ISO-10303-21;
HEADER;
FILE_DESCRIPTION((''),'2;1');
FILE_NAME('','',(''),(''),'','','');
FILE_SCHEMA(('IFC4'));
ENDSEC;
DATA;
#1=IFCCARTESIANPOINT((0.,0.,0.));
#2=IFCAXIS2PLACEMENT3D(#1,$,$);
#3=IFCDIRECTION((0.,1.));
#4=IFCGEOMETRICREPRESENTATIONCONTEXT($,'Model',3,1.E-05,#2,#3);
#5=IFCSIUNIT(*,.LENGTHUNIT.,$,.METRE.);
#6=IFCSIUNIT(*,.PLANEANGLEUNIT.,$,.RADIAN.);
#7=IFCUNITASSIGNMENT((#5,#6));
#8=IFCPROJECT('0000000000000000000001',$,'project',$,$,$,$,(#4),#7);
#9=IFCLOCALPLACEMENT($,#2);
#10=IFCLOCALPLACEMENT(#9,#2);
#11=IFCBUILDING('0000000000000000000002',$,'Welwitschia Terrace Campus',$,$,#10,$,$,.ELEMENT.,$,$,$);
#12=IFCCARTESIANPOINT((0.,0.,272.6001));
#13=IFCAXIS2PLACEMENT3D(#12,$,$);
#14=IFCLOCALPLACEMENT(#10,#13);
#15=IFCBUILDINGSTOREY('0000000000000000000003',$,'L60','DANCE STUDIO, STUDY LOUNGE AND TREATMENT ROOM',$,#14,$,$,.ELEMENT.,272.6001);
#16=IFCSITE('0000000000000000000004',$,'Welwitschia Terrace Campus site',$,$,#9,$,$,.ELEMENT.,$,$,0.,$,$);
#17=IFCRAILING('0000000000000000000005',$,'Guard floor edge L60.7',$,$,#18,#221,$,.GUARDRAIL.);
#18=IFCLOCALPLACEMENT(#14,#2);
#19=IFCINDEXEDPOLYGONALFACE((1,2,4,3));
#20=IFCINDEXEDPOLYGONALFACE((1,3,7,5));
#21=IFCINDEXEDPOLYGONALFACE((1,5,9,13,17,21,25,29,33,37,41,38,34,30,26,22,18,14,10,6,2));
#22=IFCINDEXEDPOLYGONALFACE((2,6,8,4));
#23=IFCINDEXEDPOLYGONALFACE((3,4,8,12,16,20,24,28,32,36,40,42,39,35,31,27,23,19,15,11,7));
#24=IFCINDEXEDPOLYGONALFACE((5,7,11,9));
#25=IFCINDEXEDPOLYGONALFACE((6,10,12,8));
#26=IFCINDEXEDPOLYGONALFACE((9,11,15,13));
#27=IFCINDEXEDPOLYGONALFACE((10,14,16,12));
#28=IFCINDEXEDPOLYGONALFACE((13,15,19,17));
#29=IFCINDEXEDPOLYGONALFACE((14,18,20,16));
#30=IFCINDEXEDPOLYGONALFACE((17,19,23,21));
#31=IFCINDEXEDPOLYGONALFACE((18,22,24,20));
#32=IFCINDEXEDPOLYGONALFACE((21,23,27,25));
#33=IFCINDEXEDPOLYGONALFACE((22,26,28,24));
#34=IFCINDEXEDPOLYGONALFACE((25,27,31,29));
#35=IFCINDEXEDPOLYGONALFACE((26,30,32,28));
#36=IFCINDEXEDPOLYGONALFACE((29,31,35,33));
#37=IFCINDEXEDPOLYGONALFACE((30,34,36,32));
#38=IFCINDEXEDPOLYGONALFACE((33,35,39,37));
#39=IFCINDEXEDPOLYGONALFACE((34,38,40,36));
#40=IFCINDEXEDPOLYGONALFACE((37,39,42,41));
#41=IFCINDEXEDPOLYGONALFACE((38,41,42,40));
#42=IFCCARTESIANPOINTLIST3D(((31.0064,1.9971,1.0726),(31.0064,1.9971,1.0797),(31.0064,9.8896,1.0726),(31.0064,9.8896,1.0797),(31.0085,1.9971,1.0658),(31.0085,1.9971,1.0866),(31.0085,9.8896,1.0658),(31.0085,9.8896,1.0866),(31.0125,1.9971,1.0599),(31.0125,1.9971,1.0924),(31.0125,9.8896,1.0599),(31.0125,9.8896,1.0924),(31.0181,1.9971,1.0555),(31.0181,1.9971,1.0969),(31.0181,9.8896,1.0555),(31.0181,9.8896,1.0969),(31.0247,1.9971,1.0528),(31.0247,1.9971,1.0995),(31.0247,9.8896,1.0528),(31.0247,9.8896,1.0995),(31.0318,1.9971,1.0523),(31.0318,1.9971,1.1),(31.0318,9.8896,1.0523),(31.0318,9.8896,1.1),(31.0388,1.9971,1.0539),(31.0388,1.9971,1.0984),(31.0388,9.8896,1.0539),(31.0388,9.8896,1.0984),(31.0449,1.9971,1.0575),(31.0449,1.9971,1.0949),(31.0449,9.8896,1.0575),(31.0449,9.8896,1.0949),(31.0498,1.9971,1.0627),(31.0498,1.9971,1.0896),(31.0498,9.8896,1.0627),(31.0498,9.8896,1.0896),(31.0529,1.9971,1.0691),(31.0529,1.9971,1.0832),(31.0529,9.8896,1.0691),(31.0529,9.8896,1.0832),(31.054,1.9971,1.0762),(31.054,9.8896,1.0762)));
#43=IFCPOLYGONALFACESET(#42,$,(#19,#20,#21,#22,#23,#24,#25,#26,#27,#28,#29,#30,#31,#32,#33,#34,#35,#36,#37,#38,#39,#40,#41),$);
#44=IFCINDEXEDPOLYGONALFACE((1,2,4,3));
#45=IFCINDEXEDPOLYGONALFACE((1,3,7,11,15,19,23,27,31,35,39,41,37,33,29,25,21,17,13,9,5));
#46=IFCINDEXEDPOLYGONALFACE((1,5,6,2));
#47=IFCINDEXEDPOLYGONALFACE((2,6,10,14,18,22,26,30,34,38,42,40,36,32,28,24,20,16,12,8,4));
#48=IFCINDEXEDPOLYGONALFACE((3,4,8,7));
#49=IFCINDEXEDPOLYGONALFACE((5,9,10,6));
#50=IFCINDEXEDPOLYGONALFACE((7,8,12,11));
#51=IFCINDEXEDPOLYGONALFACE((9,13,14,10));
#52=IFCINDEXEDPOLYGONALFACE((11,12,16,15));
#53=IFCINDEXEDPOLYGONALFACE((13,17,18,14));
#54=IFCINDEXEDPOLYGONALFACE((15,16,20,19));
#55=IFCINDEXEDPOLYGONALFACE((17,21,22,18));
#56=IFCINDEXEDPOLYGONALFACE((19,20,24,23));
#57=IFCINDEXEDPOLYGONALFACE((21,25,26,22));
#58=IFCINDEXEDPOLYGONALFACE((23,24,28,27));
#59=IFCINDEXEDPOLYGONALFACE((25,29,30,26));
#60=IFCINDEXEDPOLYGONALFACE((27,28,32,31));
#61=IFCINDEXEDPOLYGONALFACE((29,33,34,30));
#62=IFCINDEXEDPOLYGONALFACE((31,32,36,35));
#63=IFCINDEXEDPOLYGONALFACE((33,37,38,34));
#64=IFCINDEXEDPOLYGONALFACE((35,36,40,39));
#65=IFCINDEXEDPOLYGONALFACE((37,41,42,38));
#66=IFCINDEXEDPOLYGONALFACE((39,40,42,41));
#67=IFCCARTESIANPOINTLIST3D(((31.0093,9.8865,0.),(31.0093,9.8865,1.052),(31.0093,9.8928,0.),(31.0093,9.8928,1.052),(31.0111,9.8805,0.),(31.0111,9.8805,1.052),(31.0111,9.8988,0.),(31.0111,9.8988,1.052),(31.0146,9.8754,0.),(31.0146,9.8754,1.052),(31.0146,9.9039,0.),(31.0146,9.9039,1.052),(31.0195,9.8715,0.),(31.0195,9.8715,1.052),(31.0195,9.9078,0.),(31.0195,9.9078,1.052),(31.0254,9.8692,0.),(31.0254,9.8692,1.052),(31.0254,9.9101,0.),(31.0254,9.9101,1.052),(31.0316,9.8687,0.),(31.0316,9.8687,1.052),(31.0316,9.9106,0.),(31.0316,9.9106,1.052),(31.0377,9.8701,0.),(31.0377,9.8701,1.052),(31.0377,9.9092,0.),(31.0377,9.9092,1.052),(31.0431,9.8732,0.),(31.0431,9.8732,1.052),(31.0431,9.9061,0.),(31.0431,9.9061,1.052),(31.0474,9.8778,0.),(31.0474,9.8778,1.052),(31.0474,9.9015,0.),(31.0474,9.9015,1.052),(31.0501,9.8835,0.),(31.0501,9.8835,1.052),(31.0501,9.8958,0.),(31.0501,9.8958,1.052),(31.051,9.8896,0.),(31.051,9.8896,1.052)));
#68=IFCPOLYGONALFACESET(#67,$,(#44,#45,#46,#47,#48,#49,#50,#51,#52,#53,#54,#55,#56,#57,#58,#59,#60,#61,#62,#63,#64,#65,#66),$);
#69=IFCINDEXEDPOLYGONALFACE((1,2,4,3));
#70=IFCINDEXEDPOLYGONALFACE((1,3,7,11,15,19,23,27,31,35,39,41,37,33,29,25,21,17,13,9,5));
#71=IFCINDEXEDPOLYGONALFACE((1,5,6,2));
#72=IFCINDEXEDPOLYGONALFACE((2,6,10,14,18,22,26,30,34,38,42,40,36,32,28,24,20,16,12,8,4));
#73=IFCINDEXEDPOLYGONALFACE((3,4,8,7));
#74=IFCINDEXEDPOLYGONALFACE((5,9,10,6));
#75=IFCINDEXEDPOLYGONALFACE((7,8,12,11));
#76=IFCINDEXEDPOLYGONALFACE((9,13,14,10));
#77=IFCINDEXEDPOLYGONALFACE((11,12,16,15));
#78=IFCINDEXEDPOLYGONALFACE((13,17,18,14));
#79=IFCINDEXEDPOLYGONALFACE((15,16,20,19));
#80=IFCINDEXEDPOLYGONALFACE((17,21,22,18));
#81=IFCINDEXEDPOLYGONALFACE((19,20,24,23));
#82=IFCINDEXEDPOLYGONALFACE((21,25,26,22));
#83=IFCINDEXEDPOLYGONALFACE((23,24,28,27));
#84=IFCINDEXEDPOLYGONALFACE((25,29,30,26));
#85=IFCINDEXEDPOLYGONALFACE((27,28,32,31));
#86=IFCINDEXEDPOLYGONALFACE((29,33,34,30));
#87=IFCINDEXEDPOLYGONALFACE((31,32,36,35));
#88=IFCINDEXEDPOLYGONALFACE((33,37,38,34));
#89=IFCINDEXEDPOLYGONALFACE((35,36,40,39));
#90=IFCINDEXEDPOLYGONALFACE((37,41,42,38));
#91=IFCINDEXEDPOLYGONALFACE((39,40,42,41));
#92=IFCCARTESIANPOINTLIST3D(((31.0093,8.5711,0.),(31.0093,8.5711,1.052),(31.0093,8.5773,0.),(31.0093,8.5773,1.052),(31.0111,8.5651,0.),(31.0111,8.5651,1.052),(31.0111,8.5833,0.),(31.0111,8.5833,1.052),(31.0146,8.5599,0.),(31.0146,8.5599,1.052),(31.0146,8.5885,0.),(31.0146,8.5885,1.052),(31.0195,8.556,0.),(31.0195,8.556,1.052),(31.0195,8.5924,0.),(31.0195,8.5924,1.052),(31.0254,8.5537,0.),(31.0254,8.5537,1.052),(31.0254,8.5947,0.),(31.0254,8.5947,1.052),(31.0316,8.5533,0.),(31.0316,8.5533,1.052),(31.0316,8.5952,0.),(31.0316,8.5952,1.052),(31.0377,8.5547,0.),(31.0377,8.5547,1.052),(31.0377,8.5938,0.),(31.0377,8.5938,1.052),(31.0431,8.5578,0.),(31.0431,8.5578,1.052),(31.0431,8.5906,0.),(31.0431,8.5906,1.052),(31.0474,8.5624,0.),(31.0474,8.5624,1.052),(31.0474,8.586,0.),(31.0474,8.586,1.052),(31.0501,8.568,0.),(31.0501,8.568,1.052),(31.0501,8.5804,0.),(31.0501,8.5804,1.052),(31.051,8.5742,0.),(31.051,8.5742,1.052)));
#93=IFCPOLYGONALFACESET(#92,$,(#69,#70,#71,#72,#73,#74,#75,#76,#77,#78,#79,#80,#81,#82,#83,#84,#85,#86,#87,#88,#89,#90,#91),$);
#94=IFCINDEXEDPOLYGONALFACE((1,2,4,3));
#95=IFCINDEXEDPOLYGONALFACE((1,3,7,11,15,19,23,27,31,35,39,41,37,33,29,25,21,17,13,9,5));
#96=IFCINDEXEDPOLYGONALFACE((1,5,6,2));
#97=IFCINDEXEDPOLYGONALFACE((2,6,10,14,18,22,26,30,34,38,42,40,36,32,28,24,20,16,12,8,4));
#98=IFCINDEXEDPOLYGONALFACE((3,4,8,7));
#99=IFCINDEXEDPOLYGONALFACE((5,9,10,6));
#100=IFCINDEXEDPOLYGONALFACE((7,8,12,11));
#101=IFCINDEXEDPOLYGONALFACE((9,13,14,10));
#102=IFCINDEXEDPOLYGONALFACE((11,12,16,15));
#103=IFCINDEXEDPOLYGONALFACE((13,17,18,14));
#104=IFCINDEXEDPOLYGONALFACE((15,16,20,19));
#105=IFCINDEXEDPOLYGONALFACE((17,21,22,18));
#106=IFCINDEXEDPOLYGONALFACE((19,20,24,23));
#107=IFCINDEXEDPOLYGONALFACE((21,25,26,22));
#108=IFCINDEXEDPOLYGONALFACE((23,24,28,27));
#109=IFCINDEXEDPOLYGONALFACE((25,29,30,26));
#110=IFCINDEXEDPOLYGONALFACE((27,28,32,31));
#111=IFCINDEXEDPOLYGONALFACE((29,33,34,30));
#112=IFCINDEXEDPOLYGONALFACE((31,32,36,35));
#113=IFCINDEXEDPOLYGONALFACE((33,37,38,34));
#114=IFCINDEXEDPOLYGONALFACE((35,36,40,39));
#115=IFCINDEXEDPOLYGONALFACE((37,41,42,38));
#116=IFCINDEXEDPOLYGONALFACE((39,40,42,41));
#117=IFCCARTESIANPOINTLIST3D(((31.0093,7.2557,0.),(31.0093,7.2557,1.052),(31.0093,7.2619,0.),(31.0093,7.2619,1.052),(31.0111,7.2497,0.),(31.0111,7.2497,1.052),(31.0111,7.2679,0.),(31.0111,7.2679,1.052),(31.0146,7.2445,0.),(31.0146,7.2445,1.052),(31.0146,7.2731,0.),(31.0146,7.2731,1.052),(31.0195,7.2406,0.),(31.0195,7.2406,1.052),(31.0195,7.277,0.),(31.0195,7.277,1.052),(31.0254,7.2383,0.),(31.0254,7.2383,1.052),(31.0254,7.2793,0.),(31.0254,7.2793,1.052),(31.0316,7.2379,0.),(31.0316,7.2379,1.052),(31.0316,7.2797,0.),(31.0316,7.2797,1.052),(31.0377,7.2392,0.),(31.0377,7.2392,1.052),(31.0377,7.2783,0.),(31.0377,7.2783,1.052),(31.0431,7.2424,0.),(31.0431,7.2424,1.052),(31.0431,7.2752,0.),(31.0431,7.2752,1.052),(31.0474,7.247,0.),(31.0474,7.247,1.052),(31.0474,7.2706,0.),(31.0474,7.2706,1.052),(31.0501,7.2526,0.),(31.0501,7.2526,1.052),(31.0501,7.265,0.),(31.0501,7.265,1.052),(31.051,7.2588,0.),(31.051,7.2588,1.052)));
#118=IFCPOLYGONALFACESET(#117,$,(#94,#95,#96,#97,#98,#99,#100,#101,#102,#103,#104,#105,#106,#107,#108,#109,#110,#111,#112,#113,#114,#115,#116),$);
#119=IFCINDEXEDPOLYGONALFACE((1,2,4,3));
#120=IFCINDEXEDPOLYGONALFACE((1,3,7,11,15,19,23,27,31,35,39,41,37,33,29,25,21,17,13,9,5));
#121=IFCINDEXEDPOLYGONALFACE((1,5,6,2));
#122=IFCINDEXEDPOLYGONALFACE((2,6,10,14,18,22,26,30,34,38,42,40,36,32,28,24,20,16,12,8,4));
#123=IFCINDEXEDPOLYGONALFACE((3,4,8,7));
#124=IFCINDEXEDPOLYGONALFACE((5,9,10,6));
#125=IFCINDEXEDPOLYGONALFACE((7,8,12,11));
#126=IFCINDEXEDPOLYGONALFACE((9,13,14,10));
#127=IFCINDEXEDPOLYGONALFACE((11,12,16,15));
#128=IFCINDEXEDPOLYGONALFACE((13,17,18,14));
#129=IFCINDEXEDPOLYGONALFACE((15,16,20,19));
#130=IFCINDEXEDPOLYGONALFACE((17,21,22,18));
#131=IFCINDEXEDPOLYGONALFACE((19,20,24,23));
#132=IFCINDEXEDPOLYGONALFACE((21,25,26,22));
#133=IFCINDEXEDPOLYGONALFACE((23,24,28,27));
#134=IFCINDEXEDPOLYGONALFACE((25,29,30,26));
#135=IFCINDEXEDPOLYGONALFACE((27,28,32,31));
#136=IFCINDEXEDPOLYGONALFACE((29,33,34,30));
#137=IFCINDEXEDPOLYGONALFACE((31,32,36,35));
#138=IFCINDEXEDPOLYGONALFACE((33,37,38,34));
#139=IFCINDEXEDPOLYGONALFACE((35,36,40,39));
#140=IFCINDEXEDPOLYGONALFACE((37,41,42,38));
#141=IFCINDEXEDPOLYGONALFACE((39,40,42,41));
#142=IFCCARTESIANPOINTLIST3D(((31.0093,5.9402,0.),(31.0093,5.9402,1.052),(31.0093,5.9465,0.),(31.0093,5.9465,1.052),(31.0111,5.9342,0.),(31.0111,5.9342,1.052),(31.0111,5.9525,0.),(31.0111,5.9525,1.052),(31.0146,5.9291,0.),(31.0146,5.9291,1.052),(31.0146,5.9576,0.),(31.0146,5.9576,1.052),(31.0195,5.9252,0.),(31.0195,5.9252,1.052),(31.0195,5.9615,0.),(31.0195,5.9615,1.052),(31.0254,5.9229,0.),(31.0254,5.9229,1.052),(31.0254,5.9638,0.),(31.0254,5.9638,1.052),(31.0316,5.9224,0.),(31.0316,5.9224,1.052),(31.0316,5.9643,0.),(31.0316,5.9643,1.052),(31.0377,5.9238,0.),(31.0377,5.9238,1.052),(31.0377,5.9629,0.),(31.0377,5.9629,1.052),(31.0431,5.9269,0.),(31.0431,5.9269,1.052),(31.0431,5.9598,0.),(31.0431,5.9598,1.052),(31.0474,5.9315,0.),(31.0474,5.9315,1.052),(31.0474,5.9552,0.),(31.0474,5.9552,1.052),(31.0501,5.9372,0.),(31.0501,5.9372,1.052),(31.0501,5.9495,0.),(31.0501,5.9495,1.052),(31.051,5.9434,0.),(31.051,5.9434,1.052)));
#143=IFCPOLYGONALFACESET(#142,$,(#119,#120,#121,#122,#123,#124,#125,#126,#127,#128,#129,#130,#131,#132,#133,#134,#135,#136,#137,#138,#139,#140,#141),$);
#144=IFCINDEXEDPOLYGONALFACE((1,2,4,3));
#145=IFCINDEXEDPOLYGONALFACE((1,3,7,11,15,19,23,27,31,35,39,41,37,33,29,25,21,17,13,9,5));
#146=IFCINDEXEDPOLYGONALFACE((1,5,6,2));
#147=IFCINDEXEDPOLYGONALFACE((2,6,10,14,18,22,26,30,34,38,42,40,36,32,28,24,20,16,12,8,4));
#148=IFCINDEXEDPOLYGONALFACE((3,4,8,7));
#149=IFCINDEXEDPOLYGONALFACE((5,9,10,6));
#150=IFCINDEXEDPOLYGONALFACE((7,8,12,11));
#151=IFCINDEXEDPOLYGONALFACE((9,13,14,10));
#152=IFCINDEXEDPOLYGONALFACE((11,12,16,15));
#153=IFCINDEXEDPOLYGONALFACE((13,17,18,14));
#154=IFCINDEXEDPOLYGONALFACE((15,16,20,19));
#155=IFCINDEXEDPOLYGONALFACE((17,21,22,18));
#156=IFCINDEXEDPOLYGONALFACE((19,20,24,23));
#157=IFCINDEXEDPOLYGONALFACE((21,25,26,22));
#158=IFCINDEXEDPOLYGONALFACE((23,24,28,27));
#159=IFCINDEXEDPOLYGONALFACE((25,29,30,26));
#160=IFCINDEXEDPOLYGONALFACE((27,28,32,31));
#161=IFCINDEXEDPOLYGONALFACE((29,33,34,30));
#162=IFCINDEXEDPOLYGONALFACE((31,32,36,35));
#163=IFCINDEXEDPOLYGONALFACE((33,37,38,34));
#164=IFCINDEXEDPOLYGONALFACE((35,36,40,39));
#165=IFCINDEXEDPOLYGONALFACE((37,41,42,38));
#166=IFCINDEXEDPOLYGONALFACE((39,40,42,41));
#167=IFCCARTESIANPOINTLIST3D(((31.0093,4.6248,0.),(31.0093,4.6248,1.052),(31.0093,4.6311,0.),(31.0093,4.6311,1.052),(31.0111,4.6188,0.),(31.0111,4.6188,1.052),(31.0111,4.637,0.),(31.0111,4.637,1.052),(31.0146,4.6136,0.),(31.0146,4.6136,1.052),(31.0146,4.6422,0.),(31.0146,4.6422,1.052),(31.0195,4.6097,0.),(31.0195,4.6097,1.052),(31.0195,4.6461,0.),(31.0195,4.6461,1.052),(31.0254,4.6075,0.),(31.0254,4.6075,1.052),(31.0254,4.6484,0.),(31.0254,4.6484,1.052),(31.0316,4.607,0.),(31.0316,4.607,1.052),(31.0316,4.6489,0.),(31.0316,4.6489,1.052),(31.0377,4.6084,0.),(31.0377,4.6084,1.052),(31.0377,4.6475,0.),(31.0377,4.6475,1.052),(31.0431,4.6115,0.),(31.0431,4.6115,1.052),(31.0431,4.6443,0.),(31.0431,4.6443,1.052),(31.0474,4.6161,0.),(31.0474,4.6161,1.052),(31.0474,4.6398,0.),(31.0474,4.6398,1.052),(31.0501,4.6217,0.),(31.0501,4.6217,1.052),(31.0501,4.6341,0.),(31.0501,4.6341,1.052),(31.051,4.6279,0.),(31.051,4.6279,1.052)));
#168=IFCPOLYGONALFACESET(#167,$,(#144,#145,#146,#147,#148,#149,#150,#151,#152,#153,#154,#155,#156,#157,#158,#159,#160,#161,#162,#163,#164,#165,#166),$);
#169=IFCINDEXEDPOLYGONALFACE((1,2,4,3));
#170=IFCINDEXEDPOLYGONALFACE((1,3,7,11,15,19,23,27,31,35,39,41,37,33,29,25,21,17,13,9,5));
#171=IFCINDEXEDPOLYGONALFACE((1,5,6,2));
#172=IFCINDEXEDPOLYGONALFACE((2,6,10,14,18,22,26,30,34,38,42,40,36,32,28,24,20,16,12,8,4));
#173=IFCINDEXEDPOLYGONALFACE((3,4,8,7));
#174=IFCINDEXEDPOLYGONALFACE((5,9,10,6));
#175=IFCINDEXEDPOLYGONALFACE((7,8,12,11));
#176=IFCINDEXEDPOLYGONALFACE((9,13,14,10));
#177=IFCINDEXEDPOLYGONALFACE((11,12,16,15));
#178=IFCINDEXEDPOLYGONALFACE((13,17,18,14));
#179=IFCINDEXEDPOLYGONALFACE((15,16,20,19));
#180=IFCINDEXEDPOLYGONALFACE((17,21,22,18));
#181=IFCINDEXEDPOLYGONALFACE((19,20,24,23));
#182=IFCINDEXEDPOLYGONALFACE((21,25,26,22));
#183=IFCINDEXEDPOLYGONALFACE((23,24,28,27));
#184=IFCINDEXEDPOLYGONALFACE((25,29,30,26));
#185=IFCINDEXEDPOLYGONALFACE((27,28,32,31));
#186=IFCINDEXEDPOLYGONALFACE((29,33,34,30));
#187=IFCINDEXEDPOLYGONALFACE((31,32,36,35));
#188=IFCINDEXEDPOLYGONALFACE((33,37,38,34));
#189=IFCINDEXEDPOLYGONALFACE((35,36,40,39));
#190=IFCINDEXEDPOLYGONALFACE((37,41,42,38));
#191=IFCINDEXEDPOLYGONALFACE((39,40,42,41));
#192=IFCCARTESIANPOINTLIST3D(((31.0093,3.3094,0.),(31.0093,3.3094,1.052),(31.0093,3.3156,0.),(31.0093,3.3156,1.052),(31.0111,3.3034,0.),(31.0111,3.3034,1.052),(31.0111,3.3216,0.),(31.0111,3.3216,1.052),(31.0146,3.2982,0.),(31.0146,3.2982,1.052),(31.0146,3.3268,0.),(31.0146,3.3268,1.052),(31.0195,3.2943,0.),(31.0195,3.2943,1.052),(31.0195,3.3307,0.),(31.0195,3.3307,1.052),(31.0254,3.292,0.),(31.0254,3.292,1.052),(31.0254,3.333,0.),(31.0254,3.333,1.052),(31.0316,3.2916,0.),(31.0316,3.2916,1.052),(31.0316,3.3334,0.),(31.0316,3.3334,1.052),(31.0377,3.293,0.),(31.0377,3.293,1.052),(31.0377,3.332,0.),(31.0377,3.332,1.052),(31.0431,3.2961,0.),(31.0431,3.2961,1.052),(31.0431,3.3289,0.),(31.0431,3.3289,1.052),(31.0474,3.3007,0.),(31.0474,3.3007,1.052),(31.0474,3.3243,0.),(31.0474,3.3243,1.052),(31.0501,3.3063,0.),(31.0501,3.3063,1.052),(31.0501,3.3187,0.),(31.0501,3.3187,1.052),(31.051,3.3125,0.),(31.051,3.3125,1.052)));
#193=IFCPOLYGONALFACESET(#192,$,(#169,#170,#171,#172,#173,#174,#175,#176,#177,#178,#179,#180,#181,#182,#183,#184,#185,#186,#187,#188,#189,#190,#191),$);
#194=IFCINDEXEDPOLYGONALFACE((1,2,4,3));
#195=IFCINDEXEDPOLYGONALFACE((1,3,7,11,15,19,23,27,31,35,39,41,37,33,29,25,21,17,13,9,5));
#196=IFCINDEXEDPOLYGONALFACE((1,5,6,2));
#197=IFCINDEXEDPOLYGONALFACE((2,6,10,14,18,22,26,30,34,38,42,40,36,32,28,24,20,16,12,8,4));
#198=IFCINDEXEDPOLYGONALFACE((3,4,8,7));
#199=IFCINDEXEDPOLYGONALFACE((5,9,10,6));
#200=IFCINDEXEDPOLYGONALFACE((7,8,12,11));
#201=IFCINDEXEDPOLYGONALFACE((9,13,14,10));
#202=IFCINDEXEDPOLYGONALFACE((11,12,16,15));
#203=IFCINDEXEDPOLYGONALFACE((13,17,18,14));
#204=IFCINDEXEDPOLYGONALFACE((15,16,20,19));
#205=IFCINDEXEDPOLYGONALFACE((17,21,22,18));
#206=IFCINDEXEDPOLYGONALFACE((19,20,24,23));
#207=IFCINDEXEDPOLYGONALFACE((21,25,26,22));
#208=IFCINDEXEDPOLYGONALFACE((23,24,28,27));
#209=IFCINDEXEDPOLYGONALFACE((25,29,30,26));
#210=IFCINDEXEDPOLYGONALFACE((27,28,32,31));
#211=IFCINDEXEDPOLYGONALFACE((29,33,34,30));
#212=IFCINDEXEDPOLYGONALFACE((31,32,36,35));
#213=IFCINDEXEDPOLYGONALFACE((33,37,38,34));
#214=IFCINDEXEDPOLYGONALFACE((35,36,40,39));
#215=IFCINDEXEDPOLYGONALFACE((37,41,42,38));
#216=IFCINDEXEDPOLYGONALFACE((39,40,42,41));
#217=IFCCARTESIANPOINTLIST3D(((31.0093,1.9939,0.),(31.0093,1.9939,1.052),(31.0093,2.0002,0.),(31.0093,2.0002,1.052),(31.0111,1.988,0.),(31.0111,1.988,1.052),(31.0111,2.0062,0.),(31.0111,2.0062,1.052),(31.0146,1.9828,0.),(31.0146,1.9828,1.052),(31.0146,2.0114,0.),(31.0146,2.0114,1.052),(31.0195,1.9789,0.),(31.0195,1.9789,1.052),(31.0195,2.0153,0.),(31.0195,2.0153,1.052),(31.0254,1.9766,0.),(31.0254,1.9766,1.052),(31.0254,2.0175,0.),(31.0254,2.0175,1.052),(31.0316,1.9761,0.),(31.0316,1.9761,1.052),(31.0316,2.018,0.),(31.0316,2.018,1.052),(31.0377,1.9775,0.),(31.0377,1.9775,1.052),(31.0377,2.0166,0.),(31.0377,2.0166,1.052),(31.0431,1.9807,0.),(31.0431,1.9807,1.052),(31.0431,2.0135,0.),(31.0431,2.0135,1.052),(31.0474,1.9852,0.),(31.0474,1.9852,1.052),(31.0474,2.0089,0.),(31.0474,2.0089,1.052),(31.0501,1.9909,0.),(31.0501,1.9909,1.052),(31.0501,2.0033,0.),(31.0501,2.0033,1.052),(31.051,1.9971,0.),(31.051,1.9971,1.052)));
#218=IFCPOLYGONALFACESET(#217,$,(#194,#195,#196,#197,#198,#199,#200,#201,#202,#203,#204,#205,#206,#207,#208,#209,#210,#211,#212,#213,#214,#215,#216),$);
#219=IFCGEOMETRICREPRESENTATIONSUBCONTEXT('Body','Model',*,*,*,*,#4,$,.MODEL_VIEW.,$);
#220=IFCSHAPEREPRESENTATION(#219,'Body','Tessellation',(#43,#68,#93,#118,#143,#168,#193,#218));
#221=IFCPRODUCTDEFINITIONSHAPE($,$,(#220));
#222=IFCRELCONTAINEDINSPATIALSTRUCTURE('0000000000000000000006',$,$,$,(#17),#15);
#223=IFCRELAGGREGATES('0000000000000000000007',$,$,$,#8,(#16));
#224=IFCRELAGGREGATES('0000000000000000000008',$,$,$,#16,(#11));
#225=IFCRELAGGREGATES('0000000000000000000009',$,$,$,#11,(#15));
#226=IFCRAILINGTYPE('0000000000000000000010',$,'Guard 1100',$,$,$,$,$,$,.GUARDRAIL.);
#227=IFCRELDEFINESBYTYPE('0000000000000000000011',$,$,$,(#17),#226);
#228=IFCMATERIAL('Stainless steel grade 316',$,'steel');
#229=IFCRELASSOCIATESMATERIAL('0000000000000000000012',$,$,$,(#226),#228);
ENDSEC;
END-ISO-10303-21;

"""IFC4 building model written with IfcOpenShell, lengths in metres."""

from ifc_helpers import new_model, si_unit, direction, frame, origin, origin_2d, place, context, subcontext, project, spatial, circle, extrude, material, type_object, element, save


model = new_model("IFC4")

# Units and contexts
model_context = context("Model", 3, precision=1e-05, world=origin(), true_north=direction((0.0, 1.0)))
body_context = subcontext(model_context, "Body", "Model", "MODEL_VIEW")
ifc_project = project(units=[si_unit("LENGTHUNIT", "METRE"), si_unit("PLANEANGLEUNIT", "RADIAN")], contexts=[model_context])

# Site, building, storey
site_placement = place(None, origin())
site = spatial("IfcSite", under=ifc_project, at=site_placement, Name="Welwitschia Terrace Campus site", CompositionType="ELEMENT", RefElevation=0.0)
building_placement = place(site_placement, origin())
building = spatial("IfcBuilding", under=site, at=building_placement, Name="Welwitschia Terrace Campus", CompositionType="ELEMENT")
storey_placement = place(building_placement, frame((0.0, 0.0, 272.6001)))
storey = spatial("IfcBuildingStorey", under=building, at=storey_placement, Name="L60", Description="DANCE STUDIO, STUDY LOUNGE AND TREATMENT ROOM", CompositionType="ELEMENT", Elevation=272.6001)

# Railing
ifc_material_1 = material(Name="Stainless steel grade 316", Category="steel")
railing_type = type_object("IfcRailingType", Name="Guard 1100", PredefinedType="GUARDRAIL", material=ifc_material_1)
railing_1_placement = place(storey_placement, frame((31.03, 9.8896, 0.0)))
element("IfcRailing", 1, at=railing_1_placement, inside=storey, type_object=railing_type, Name="Guard floor edge L60.7", PredefinedType="GUARDRAIL", context=body_context, shape_type="SweptSolid", body=[
    extrude(circle(Radius=0.0239, at=origin_2d()), frame((0.0, 0.0, 1.0762), z_axis=(0.0, -1.0, 0.0), x_axis=(1.0, 0.0, 0.0)), (0.0, 0.0, 1.0), 7.8926),
    extrude(circle(Radius=0.021, at=origin_2d()), origin(), (0.0, 0.0, 1.0), 1.052),
    extrude(circle(Radius=0.021, at=origin_2d()), frame((0.0, -1.3154, 0.0)), (0.0, 0.0, 1.0), 1.052),
    extrude(circle(Radius=0.021, at=origin_2d()), frame((0.0, -2.6309, 0.0)), (0.0, 0.0, 1.0), 1.052),
    extrude(circle(Radius=0.021, at=origin_2d()), frame((0.0, -3.9463, 0.0)), (0.0, 0.0, 1.0), 1.052),
    extrude(circle(Radius=0.021, at=origin_2d()), frame((0.0, -5.2617, 0.0)), (0.0, 0.0, 1.0), 1.052),
    extrude(circle(Radius=0.021, at=origin_2d()), frame((0.0, -6.5771, 0.0)), (0.0, 0.0, 1.0), 1.052),
    extrude(circle(Radius=0.021, at=origin_2d()), frame((0.0, -7.8926, 0.0)), (0.0, 0.0, 1.0), 1.052),
])

save(model, "model.ifc")
